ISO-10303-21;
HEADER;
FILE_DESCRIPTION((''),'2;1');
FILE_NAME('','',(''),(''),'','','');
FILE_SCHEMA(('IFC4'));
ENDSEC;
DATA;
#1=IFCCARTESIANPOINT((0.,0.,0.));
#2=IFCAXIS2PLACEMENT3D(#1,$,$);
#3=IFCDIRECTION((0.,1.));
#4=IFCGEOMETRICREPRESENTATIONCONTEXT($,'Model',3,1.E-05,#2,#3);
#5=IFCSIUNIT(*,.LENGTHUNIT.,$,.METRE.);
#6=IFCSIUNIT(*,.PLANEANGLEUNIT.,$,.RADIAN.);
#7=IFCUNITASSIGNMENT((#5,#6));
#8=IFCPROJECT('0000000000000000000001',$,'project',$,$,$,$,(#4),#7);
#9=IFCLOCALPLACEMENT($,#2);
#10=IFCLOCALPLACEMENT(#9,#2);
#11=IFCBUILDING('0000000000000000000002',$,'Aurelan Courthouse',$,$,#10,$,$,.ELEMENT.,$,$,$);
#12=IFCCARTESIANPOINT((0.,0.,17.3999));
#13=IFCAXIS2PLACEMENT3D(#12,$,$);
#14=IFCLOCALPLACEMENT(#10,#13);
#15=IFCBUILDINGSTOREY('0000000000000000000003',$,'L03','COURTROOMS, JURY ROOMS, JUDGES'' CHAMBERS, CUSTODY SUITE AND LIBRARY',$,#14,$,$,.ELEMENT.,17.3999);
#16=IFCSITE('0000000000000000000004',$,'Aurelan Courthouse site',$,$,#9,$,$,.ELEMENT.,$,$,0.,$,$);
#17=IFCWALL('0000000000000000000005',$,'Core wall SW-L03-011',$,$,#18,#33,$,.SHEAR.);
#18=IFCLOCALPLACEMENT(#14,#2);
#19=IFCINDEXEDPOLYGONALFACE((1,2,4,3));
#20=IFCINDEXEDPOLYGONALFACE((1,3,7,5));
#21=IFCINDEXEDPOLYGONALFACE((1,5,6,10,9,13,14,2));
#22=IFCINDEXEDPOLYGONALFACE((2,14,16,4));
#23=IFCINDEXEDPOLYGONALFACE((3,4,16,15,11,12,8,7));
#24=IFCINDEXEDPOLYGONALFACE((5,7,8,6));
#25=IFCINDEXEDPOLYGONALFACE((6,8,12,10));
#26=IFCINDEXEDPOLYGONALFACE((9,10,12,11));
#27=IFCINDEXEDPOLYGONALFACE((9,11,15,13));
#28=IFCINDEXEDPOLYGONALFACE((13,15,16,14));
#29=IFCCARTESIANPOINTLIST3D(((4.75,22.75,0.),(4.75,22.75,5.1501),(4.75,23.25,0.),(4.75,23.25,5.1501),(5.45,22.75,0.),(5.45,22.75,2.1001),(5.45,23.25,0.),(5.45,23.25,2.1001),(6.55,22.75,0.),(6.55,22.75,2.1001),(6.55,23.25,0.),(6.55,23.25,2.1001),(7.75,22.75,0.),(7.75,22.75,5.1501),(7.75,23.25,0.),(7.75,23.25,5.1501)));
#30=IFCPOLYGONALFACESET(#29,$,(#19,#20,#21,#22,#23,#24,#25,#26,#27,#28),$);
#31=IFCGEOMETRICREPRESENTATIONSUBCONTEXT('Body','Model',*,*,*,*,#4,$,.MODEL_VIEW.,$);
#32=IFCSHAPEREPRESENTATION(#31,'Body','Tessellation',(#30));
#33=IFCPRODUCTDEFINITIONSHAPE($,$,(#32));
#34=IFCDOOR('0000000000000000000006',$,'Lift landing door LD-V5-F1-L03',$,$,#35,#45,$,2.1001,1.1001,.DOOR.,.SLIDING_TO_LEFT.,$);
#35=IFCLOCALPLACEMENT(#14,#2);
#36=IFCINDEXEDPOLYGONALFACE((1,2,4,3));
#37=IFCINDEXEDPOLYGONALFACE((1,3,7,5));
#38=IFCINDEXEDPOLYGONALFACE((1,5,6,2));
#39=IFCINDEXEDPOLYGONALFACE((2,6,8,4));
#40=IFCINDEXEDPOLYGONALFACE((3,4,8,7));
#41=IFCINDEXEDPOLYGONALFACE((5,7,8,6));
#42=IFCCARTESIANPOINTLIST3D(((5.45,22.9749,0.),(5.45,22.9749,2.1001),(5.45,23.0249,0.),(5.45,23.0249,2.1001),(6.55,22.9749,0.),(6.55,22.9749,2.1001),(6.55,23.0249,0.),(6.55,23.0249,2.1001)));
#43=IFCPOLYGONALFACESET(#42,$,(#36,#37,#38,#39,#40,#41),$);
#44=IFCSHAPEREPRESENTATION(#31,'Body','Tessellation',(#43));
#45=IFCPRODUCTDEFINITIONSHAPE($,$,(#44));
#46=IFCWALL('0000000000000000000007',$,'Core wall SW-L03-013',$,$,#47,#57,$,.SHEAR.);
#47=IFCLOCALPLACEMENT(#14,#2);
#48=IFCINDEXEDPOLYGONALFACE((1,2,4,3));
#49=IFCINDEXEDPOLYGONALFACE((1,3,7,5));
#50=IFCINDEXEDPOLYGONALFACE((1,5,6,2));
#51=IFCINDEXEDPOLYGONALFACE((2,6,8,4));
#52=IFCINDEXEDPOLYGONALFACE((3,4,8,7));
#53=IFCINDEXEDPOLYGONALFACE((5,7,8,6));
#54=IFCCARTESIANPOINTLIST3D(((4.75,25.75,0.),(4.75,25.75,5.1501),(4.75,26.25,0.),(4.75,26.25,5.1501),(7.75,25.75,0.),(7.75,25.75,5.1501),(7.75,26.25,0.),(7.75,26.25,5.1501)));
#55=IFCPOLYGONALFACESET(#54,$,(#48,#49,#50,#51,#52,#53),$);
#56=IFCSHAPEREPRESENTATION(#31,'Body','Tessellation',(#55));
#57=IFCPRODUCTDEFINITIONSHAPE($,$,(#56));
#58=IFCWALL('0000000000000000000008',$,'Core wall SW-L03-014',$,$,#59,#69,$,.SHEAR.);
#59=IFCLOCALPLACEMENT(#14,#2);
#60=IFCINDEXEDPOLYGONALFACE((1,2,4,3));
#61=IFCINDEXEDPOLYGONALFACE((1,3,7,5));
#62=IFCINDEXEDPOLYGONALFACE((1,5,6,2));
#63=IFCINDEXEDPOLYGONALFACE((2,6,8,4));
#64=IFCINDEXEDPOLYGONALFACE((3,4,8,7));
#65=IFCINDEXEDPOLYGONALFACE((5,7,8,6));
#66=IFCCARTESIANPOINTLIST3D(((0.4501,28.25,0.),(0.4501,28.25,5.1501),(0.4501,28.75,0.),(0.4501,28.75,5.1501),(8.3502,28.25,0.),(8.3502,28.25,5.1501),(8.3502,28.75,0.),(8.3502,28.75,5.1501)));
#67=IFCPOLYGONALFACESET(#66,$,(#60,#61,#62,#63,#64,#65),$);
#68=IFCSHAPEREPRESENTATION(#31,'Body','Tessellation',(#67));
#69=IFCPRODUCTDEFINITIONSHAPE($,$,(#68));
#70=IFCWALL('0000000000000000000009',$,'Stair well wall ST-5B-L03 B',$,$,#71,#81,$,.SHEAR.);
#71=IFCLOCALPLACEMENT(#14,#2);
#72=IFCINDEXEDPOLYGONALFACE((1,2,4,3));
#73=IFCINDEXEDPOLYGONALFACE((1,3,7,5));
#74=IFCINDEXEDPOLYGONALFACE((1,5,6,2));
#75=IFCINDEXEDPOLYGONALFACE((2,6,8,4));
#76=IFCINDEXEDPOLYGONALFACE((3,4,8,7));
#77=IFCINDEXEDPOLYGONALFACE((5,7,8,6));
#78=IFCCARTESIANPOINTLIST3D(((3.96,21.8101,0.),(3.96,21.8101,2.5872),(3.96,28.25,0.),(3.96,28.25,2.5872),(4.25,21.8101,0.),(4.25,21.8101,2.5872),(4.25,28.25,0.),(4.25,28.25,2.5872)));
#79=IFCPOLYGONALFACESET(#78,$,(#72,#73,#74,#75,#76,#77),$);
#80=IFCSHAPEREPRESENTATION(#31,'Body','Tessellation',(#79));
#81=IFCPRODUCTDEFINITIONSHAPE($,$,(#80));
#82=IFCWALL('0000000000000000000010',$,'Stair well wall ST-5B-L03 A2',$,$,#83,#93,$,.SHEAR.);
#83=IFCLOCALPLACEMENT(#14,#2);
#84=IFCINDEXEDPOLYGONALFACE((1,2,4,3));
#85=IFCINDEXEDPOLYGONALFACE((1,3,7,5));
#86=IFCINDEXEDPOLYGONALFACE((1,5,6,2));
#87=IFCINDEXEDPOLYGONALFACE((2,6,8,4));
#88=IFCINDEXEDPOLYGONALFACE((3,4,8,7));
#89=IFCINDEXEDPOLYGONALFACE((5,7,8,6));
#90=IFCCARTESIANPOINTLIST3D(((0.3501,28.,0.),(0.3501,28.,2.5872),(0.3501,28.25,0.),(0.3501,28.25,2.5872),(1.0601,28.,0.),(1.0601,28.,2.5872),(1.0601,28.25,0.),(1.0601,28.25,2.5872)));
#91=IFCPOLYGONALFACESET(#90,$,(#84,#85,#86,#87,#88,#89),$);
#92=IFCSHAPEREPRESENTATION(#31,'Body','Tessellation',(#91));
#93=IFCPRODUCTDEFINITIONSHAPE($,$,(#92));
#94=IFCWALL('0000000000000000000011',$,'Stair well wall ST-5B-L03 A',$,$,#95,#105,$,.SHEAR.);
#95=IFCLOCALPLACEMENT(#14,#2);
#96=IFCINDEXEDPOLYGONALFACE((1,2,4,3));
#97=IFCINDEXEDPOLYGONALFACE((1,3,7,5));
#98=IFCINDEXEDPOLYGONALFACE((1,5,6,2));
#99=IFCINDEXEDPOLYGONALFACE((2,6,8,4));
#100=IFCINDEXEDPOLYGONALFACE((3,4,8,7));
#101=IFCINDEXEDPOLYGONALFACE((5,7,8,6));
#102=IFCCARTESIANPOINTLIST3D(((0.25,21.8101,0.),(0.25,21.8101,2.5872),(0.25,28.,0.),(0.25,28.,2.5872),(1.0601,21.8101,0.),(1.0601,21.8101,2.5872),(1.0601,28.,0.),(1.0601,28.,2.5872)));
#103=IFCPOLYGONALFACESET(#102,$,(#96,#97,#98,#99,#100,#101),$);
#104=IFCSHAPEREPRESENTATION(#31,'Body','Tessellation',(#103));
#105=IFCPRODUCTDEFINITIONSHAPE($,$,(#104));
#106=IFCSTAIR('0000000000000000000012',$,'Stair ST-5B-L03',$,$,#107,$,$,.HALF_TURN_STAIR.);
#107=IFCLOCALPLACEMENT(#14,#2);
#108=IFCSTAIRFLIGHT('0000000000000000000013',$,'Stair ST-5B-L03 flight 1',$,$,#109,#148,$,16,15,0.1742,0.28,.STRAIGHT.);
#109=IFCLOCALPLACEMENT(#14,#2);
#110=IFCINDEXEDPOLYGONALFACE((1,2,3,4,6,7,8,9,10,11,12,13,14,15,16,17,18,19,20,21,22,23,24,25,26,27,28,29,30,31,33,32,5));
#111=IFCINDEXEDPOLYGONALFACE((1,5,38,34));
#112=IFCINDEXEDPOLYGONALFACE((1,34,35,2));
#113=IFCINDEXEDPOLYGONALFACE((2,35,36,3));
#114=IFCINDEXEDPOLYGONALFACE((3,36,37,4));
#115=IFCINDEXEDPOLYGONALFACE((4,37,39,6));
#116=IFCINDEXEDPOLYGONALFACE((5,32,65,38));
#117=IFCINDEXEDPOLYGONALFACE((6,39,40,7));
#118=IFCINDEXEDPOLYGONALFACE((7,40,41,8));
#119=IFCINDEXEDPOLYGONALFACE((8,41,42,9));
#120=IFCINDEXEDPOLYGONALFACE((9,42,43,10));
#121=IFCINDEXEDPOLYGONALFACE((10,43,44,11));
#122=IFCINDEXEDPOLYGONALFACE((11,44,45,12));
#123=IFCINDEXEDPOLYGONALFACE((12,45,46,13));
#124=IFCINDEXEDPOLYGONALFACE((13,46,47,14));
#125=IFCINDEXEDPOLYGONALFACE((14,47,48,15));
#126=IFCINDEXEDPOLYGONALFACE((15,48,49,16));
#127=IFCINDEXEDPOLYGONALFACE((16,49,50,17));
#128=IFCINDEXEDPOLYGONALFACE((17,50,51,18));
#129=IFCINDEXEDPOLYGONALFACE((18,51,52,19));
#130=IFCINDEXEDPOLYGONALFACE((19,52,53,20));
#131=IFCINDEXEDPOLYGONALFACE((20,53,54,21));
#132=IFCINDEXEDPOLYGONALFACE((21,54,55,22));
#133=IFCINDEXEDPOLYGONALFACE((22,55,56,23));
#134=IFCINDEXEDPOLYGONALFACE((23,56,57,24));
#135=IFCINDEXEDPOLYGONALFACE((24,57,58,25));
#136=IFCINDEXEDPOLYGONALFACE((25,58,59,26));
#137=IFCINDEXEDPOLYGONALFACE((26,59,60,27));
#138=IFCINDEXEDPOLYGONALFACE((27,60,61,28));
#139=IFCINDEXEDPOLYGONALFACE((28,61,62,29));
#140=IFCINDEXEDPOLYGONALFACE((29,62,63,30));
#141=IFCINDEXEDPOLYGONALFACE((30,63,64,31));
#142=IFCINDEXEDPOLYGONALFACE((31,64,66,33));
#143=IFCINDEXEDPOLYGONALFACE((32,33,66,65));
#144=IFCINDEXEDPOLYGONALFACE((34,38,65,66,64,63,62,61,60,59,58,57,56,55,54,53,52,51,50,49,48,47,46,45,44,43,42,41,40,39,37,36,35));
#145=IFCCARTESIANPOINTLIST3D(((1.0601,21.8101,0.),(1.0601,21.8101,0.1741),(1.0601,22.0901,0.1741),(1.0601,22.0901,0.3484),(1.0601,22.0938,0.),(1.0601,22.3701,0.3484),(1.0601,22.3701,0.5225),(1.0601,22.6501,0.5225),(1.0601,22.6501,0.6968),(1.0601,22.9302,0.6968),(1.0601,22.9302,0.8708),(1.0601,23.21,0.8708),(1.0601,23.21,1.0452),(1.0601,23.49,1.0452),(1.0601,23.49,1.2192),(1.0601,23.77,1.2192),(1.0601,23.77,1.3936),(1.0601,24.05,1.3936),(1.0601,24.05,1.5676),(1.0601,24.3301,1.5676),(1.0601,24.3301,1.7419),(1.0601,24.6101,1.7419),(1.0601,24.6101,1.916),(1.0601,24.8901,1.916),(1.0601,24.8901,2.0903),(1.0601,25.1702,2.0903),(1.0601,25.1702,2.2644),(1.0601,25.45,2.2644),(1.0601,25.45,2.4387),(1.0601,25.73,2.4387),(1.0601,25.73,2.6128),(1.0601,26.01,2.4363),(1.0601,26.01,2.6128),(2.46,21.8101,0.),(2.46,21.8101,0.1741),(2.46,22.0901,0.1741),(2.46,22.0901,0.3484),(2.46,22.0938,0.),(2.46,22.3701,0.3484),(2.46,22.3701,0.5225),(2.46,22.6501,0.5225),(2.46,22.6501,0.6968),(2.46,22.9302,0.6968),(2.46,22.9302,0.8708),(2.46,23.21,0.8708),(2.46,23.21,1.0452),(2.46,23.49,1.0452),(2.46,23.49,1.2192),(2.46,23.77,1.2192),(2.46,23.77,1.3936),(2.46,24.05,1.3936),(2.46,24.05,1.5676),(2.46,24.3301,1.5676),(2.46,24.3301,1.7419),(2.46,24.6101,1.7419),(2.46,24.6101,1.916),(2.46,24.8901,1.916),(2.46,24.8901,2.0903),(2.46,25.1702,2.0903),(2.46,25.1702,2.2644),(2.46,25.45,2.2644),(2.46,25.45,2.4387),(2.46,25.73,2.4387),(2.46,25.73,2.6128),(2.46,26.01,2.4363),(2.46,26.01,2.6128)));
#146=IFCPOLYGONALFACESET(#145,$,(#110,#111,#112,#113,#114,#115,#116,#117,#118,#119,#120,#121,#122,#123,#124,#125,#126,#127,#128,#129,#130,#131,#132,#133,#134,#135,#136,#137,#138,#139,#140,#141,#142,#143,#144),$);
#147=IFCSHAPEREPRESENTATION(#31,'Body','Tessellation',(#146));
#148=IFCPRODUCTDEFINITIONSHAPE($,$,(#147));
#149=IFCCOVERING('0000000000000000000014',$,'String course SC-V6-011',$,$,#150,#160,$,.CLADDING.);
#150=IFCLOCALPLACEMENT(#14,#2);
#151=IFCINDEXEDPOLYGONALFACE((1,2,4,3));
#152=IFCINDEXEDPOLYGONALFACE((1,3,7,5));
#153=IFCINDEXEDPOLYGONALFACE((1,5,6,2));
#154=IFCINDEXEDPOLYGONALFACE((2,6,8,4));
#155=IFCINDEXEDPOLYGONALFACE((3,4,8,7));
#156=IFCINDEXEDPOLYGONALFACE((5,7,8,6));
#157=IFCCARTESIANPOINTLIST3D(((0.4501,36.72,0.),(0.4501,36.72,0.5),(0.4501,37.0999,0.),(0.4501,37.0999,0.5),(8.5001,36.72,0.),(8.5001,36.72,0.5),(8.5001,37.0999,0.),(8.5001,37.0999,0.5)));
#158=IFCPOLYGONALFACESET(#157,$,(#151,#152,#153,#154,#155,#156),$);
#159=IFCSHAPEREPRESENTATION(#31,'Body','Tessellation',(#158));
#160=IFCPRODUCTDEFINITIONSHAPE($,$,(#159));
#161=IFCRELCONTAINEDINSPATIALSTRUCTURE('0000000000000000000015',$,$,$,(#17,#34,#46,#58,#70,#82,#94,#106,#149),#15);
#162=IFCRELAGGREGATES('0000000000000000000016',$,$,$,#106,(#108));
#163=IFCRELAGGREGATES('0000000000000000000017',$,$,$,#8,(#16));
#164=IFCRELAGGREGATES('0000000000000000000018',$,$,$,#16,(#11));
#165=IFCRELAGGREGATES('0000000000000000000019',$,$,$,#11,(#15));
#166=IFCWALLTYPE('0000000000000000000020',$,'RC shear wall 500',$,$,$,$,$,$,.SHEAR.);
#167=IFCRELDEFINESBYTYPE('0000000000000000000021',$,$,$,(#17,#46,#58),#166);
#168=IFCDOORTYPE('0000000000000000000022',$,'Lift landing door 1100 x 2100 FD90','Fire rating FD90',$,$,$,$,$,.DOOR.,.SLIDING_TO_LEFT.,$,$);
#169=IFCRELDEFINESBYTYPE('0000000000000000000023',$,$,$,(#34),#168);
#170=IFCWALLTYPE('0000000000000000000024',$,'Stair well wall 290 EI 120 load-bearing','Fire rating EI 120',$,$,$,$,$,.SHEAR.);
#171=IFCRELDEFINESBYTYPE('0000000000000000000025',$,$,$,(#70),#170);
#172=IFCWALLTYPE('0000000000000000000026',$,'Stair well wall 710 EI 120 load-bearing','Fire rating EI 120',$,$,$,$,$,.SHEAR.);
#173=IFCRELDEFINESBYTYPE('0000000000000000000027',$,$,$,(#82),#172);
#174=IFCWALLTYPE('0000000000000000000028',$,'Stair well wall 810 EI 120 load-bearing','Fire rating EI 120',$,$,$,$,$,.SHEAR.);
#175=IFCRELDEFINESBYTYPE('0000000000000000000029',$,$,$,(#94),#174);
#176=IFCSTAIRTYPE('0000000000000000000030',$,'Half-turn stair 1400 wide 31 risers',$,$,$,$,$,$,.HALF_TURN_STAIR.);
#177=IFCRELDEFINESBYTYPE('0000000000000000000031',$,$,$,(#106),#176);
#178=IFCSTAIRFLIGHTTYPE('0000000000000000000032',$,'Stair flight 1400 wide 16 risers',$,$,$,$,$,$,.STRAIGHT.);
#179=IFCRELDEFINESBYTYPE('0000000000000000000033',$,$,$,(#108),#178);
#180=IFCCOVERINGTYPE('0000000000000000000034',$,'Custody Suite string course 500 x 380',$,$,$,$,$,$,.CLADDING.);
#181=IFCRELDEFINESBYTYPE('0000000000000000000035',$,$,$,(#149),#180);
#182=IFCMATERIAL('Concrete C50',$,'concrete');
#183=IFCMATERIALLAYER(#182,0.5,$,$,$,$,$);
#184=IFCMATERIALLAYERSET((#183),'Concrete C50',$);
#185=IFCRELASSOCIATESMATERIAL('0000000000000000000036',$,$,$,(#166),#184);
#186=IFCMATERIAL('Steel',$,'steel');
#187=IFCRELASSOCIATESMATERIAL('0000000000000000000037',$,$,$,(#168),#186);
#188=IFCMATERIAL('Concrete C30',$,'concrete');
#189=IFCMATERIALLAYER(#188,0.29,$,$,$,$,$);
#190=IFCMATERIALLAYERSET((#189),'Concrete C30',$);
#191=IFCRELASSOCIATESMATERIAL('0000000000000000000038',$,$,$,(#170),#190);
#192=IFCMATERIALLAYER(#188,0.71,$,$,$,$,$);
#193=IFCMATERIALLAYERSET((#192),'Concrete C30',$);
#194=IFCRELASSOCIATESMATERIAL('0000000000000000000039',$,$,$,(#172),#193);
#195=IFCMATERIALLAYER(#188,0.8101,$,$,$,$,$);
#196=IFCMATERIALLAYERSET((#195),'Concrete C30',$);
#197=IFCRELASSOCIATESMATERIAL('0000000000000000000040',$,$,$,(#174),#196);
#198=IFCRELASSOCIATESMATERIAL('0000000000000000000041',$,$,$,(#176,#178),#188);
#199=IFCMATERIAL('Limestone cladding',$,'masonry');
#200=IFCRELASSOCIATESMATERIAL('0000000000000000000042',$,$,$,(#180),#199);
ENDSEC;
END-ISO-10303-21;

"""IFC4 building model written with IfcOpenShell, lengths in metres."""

from ifc_helpers import new_model, si_unit, direction, frame, frame_2d, origin, origin_2d, place, context, subcontext, project, spatial, polyline, rectangle, outline, extrude, material, layer, layer_set, type_object, element, fill, aggregate, save


model = new_model("IFC4")

# Units and contexts
model_context = context("Model", 3, precision=1e-05, world=origin(), true_north=direction((0.0, 1.0)))
body_context = subcontext(model_context, "Body", "Model", "MODEL_VIEW")
ifc_project = project(units=[si_unit("LENGTHUNIT", "METRE"), si_unit("PLANEANGLEUNIT", "RADIAN")], contexts=[model_context])

# Site, building, storey
site_placement = place(None, origin())
site = spatial("IfcSite", under=ifc_project, at=site_placement, Name="Aurelan Courthouse site", CompositionType="ELEMENT", RefElevation=0.0)
building_placement = place(site_placement, origin())
building = spatial("IfcBuilding", under=site, at=building_placement, Name="Aurelan Courthouse", CompositionType="ELEMENT")
storey_placement = place(building_placement, frame((0.0, 0.0, 17.3999)))
storey = spatial("IfcBuildingStorey", under=building, at=storey_placement, Name="L03", Description="COURTROOMS, JURY ROOMS, JUDGES' CHAMBERS, CUSTODY SUITE AND LIBRARY", CompositionType="ELEMENT", Elevation=17.3999)

# Shared definitions
ifc_material_1 = material(Name="Concrete C50", Category="concrete")

# Shared definitions
ifc_material_2 = material(Name="Limestone cladding", Category="masonry")
ifc_material_3 = material(Name="Concrete C30", Category="concrete")

# Wall, opening, door
ifc_layer_1 = layer(ifc_material_1, 0.5)
ifc_layer_set_1 = layer_set([ifc_layer_1], Name="Concrete C50")
wall_type_1 = type_object("IfcWallType", Name="RC shear wall 500", PredefinedType="SHEAR", material=ifc_layer_set_1)
wall_1_placement = place(storey_placement, frame((4.75, 23.0, 0.0), z_axis=(0.0, 0.0, 1.0), x_axis=(1.0, 0.0, 0.0)))
wall_1 = element("IfcWall", 1, at=wall_1_placement, inside=storey, type_object=wall_type_1, Name="Core wall SW-L03-011", PredefinedType="SHEAR", context=body_context, shape_type="SweptSolid", body=[
    extrude(rectangle(XDim=3.0, YDim=0.5, at=frame_2d((1.5, 0.0))), origin(), (0.0, 0.0, 1.0), 5.1501),
])
opening_1_placement = place(wall_1_placement, frame((0.7, 0.0, 0.0)))
opening_1 = element("IfcOpeningElement", 2, at=opening_1_placement, cuts=wall_1, PredefinedType="OPENING", context=body_context, shape_type="SweptSolid", body=[
    extrude(rectangle(XDim=1.1001, YDim=2.1001, at=frame_2d((0.55, 1.05))), frame((0.0, 0.26, 0.0), z_axis=(0.0, -1.0, 0.0), x_axis=(1.0, 0.0, 0.0)), (0.0, 0.0, 1.0), 0.52),
])
ifc_material_4 = material(Name="Steel", Category="steel")
door_type = type_object("IfcDoorType", Name="Lift landing door 1100 x 2100 FD90", Description="Fire rating FD90", OperationType="SLIDING_TO_LEFT", PredefinedType="DOOR", material=ifc_material_4)
door_placement = place(opening_1_placement, origin())
door = element("IfcDoor", 3, at=door_placement, inside=storey, type_object=door_type, Name="Lift landing door LD-V5-F1-L03", OperationType="SLIDING_TO_LEFT", OverallHeight=2.1001, OverallWidth=1.1001, PredefinedType="DOOR", context=body_context, shape_type="SweptSolid", body=[
    extrude(rectangle(XDim=1.1001, YDim=2.1001, at=frame_2d((0.55, 1.05))), frame((0.0, 0.0249, 0.0), z_axis=(0.0, -1.0, 0.0), x_axis=(1.0, 0.0, 0.0)), (0.0, 0.0, 1.0), 0.05),
])
fill(opening_1, door)

# Walls
wall_2_placement = place(storey_placement, frame((4.75, 26.0, 0.0), z_axis=(0.0, 0.0, 1.0), x_axis=(1.0, 0.0, 0.0)))
element("IfcWall", 4, at=wall_2_placement, inside=storey, type_object=wall_type_1, Name="Core wall SW-L03-013", PredefinedType="SHEAR", context=body_context, shape_type="SweptSolid", body=[
    extrude(rectangle(XDim=3.0, YDim=0.5, at=frame_2d((1.5, 0.0))), origin(), (0.0, 0.0, 1.0), 5.1501),
])
wall_3_placement = place(storey_placement, frame((0.45, 28.5, 0.0), z_axis=(0.0, 0.0, 1.0), x_axis=(1.0, 0.0, 0.0)))
element("IfcWall", 5, at=wall_3_placement, inside=storey, type_object=wall_type_1, Name="Core wall SW-L03-014", PredefinedType="SHEAR", context=body_context, shape_type="SweptSolid", body=[
    extrude(rectangle(XDim=7.9001, YDim=0.5, at=frame_2d((3.9502, 0.0))), origin(), (0.0, 0.0, 1.0), 5.1501),
])
ifc_layer_2 = layer(ifc_material_3, 0.29)
ifc_layer_set_2 = layer_set([ifc_layer_2], Name="Concrete C30")
wall_type_2 = type_object("IfcWallType", Name="Stair well wall 290 EI 120 load-bearing", Description="Fire rating EI 120", PredefinedType="SHEAR", material=ifc_layer_set_2)
wall_4_placement = place(storey_placement, frame((4.105, 21.8101, 0.0), z_axis=(0.0, 0.0, 1.0), x_axis=(0.0, 1.0, 0.0)))
element("IfcWall", 6, at=wall_4_placement, inside=storey, type_object=wall_type_2, Name="Stair well wall ST-5B-L03 B", PredefinedType="SHEAR", context=body_context, shape_type="SweptSolid", body=[
    extrude(rectangle(XDim=6.4399, YDim=0.29, at=frame_2d((3.22, 0.0))), origin(), (0.0, 0.0, 1.0), 2.5872),
])
ifc_layer_3 = layer(ifc_material_3, 0.71)
ifc_layer_set_3 = layer_set([ifc_layer_3], Name="Concrete C30")
wall_type_3 = type_object("IfcWallType", Name="Stair well wall 710 EI 120 load-bearing", Description="Fire rating EI 120", PredefinedType="SHEAR", material=ifc_layer_set_3)
wall_5_placement = place(storey_placement, frame((0.7051, 28.0, 0.0), z_axis=(0.0, 0.0, 1.0), x_axis=(0.0, 1.0, 0.0)))
element("IfcWall", 7, at=wall_5_placement, inside=storey, type_object=wall_type_3, Name="Stair well wall ST-5B-L03 A2", PredefinedType="SHEAR", context=body_context, shape_type="SweptSolid", body=[
    extrude(rectangle(XDim=0.25, YDim=0.71, at=frame_2d((0.125, 0.0))), origin(), (0.0, 0.0, 1.0), 2.5872),
])
ifc_layer_4 = layer(ifc_material_3, 0.8101)
ifc_layer_set_4 = layer_set([ifc_layer_4], Name="Concrete C30")
wall_type_4 = type_object("IfcWallType", Name="Stair well wall 810 EI 120 load-bearing", Description="Fire rating EI 120", PredefinedType="SHEAR", material=ifc_layer_set_4)
wall_6_placement = place(storey_placement, frame((0.655, 21.8101, 0.0), z_axis=(0.0, 0.0, 1.0), x_axis=(0.0, 1.0, 0.0)))
element("IfcWall", 8, at=wall_6_placement, inside=storey, type_object=wall_type_4, Name="Stair well wall ST-5B-L03 A", PredefinedType="SHEAR", context=body_context, shape_type="SweptSolid", body=[
    extrude(rectangle(XDim=6.1899, YDim=0.8101, at=frame_2d((3.095, 0.0))), origin(), (0.0, 0.0, 1.0), 2.5872),
])

# Stair, stair flight
stair_type = type_object("IfcStairType", Name="Half-turn stair 1400 wide 31 risers", PredefinedType="HALF_TURN_STAIR", material=ifc_material_3)
stair_placement = place(storey_placement, origin())
stair = element("IfcStair", 9, at=stair_placement, inside=storey, type_object=stair_type, Name="Stair ST-5B-L03", PredefinedType="HALF_TURN_STAIR")
stair_flight_type = type_object("IfcStairFlightType", Name="Stair flight 1400 wide 16 risers", PredefinedType="STRAIGHT", material=ifc_material_3)
stair_flight_placement = place(storey_placement, frame((1.76, 21.8101, 0.0), z_axis=(0.0, 0.0, 1.0), x_axis=(0.0, 1.0, 0.0)))
stair_flight = element("IfcStairFlight", 10, at=stair_flight_placement, type_object=stair_flight_type, Name="Stair ST-5B-L03 flight 1", NumberOfRisers=16, NumberOfTreads=15, PredefinedType="STRAIGHT", RiserHeight=0.1742, TreadLength=0.28, context=body_context, shape_type="SweptSolid", body=[
    extrude(outline(polyline([(0.0, 0.0), (0.0, 0.1741), (0.28, 0.1741), (0.28, 0.3484), (0.5601, 0.3484), (0.5601, 0.5225), (0.8401, 0.5225), (0.8401, 0.6968), (1.1201, 0.6968), (1.1201, 0.8708), (1.3999, 0.8708), (1.3999, 1.0452), (1.6799, 1.0452), (1.6799, 1.2192), (1.96, 1.2192), (1.96, 1.3936), (2.24, 1.3936), (2.24, 1.5676), (2.52, 1.5676), (2.52, 1.7419), (2.8, 1.7419), (2.8, 1.916), (3.0801, 1.916), (3.0801, 2.0903), (3.3601, 2.0903), (3.3601, 2.2644), (3.6399, 2.2644), (3.6399, 2.4387), (3.9199, 2.4387), (3.9199, 2.6128), (4.2, 2.6128), (4.2, 2.7871), (4.2, 2.4363), (0.2837, 0.0), (0.0, 0.0)])), frame((0.0, 0.7, 0.0), z_axis=(0.0, -1.0, 0.0), x_axis=(1.0, 0.0, 0.0)), (0.0, 0.0, 1.0), 1.3999),
])
aggregate(stair, [stair_flight])

# Covering
covering_type_1 = type_object("IfcCoveringType", Name="Custody Suite string course 500 x 380", PredefinedType="CLADDING", material=ifc_material_2)
covering_placement = place(storey_placement, frame((4.4751, 36.9099, 0.0), z_axis=(0.0, 0.0, 1.0), x_axis=(1.0, 0.0, 0.0)))
element("IfcCovering", 11, at=covering_placement, inside=storey, type_object=covering_type_1, Name="String course SC-V6-011", PredefinedType="CLADDING", context=body_context, shape_type="SweptSolid", body=[
    extrude(rectangle(XDim=8.05, YDim=0.3799, at=origin_2d()), origin(), (0.0, 0.0, 1.0), 0.5),
])

save(model, "model.ifc")
